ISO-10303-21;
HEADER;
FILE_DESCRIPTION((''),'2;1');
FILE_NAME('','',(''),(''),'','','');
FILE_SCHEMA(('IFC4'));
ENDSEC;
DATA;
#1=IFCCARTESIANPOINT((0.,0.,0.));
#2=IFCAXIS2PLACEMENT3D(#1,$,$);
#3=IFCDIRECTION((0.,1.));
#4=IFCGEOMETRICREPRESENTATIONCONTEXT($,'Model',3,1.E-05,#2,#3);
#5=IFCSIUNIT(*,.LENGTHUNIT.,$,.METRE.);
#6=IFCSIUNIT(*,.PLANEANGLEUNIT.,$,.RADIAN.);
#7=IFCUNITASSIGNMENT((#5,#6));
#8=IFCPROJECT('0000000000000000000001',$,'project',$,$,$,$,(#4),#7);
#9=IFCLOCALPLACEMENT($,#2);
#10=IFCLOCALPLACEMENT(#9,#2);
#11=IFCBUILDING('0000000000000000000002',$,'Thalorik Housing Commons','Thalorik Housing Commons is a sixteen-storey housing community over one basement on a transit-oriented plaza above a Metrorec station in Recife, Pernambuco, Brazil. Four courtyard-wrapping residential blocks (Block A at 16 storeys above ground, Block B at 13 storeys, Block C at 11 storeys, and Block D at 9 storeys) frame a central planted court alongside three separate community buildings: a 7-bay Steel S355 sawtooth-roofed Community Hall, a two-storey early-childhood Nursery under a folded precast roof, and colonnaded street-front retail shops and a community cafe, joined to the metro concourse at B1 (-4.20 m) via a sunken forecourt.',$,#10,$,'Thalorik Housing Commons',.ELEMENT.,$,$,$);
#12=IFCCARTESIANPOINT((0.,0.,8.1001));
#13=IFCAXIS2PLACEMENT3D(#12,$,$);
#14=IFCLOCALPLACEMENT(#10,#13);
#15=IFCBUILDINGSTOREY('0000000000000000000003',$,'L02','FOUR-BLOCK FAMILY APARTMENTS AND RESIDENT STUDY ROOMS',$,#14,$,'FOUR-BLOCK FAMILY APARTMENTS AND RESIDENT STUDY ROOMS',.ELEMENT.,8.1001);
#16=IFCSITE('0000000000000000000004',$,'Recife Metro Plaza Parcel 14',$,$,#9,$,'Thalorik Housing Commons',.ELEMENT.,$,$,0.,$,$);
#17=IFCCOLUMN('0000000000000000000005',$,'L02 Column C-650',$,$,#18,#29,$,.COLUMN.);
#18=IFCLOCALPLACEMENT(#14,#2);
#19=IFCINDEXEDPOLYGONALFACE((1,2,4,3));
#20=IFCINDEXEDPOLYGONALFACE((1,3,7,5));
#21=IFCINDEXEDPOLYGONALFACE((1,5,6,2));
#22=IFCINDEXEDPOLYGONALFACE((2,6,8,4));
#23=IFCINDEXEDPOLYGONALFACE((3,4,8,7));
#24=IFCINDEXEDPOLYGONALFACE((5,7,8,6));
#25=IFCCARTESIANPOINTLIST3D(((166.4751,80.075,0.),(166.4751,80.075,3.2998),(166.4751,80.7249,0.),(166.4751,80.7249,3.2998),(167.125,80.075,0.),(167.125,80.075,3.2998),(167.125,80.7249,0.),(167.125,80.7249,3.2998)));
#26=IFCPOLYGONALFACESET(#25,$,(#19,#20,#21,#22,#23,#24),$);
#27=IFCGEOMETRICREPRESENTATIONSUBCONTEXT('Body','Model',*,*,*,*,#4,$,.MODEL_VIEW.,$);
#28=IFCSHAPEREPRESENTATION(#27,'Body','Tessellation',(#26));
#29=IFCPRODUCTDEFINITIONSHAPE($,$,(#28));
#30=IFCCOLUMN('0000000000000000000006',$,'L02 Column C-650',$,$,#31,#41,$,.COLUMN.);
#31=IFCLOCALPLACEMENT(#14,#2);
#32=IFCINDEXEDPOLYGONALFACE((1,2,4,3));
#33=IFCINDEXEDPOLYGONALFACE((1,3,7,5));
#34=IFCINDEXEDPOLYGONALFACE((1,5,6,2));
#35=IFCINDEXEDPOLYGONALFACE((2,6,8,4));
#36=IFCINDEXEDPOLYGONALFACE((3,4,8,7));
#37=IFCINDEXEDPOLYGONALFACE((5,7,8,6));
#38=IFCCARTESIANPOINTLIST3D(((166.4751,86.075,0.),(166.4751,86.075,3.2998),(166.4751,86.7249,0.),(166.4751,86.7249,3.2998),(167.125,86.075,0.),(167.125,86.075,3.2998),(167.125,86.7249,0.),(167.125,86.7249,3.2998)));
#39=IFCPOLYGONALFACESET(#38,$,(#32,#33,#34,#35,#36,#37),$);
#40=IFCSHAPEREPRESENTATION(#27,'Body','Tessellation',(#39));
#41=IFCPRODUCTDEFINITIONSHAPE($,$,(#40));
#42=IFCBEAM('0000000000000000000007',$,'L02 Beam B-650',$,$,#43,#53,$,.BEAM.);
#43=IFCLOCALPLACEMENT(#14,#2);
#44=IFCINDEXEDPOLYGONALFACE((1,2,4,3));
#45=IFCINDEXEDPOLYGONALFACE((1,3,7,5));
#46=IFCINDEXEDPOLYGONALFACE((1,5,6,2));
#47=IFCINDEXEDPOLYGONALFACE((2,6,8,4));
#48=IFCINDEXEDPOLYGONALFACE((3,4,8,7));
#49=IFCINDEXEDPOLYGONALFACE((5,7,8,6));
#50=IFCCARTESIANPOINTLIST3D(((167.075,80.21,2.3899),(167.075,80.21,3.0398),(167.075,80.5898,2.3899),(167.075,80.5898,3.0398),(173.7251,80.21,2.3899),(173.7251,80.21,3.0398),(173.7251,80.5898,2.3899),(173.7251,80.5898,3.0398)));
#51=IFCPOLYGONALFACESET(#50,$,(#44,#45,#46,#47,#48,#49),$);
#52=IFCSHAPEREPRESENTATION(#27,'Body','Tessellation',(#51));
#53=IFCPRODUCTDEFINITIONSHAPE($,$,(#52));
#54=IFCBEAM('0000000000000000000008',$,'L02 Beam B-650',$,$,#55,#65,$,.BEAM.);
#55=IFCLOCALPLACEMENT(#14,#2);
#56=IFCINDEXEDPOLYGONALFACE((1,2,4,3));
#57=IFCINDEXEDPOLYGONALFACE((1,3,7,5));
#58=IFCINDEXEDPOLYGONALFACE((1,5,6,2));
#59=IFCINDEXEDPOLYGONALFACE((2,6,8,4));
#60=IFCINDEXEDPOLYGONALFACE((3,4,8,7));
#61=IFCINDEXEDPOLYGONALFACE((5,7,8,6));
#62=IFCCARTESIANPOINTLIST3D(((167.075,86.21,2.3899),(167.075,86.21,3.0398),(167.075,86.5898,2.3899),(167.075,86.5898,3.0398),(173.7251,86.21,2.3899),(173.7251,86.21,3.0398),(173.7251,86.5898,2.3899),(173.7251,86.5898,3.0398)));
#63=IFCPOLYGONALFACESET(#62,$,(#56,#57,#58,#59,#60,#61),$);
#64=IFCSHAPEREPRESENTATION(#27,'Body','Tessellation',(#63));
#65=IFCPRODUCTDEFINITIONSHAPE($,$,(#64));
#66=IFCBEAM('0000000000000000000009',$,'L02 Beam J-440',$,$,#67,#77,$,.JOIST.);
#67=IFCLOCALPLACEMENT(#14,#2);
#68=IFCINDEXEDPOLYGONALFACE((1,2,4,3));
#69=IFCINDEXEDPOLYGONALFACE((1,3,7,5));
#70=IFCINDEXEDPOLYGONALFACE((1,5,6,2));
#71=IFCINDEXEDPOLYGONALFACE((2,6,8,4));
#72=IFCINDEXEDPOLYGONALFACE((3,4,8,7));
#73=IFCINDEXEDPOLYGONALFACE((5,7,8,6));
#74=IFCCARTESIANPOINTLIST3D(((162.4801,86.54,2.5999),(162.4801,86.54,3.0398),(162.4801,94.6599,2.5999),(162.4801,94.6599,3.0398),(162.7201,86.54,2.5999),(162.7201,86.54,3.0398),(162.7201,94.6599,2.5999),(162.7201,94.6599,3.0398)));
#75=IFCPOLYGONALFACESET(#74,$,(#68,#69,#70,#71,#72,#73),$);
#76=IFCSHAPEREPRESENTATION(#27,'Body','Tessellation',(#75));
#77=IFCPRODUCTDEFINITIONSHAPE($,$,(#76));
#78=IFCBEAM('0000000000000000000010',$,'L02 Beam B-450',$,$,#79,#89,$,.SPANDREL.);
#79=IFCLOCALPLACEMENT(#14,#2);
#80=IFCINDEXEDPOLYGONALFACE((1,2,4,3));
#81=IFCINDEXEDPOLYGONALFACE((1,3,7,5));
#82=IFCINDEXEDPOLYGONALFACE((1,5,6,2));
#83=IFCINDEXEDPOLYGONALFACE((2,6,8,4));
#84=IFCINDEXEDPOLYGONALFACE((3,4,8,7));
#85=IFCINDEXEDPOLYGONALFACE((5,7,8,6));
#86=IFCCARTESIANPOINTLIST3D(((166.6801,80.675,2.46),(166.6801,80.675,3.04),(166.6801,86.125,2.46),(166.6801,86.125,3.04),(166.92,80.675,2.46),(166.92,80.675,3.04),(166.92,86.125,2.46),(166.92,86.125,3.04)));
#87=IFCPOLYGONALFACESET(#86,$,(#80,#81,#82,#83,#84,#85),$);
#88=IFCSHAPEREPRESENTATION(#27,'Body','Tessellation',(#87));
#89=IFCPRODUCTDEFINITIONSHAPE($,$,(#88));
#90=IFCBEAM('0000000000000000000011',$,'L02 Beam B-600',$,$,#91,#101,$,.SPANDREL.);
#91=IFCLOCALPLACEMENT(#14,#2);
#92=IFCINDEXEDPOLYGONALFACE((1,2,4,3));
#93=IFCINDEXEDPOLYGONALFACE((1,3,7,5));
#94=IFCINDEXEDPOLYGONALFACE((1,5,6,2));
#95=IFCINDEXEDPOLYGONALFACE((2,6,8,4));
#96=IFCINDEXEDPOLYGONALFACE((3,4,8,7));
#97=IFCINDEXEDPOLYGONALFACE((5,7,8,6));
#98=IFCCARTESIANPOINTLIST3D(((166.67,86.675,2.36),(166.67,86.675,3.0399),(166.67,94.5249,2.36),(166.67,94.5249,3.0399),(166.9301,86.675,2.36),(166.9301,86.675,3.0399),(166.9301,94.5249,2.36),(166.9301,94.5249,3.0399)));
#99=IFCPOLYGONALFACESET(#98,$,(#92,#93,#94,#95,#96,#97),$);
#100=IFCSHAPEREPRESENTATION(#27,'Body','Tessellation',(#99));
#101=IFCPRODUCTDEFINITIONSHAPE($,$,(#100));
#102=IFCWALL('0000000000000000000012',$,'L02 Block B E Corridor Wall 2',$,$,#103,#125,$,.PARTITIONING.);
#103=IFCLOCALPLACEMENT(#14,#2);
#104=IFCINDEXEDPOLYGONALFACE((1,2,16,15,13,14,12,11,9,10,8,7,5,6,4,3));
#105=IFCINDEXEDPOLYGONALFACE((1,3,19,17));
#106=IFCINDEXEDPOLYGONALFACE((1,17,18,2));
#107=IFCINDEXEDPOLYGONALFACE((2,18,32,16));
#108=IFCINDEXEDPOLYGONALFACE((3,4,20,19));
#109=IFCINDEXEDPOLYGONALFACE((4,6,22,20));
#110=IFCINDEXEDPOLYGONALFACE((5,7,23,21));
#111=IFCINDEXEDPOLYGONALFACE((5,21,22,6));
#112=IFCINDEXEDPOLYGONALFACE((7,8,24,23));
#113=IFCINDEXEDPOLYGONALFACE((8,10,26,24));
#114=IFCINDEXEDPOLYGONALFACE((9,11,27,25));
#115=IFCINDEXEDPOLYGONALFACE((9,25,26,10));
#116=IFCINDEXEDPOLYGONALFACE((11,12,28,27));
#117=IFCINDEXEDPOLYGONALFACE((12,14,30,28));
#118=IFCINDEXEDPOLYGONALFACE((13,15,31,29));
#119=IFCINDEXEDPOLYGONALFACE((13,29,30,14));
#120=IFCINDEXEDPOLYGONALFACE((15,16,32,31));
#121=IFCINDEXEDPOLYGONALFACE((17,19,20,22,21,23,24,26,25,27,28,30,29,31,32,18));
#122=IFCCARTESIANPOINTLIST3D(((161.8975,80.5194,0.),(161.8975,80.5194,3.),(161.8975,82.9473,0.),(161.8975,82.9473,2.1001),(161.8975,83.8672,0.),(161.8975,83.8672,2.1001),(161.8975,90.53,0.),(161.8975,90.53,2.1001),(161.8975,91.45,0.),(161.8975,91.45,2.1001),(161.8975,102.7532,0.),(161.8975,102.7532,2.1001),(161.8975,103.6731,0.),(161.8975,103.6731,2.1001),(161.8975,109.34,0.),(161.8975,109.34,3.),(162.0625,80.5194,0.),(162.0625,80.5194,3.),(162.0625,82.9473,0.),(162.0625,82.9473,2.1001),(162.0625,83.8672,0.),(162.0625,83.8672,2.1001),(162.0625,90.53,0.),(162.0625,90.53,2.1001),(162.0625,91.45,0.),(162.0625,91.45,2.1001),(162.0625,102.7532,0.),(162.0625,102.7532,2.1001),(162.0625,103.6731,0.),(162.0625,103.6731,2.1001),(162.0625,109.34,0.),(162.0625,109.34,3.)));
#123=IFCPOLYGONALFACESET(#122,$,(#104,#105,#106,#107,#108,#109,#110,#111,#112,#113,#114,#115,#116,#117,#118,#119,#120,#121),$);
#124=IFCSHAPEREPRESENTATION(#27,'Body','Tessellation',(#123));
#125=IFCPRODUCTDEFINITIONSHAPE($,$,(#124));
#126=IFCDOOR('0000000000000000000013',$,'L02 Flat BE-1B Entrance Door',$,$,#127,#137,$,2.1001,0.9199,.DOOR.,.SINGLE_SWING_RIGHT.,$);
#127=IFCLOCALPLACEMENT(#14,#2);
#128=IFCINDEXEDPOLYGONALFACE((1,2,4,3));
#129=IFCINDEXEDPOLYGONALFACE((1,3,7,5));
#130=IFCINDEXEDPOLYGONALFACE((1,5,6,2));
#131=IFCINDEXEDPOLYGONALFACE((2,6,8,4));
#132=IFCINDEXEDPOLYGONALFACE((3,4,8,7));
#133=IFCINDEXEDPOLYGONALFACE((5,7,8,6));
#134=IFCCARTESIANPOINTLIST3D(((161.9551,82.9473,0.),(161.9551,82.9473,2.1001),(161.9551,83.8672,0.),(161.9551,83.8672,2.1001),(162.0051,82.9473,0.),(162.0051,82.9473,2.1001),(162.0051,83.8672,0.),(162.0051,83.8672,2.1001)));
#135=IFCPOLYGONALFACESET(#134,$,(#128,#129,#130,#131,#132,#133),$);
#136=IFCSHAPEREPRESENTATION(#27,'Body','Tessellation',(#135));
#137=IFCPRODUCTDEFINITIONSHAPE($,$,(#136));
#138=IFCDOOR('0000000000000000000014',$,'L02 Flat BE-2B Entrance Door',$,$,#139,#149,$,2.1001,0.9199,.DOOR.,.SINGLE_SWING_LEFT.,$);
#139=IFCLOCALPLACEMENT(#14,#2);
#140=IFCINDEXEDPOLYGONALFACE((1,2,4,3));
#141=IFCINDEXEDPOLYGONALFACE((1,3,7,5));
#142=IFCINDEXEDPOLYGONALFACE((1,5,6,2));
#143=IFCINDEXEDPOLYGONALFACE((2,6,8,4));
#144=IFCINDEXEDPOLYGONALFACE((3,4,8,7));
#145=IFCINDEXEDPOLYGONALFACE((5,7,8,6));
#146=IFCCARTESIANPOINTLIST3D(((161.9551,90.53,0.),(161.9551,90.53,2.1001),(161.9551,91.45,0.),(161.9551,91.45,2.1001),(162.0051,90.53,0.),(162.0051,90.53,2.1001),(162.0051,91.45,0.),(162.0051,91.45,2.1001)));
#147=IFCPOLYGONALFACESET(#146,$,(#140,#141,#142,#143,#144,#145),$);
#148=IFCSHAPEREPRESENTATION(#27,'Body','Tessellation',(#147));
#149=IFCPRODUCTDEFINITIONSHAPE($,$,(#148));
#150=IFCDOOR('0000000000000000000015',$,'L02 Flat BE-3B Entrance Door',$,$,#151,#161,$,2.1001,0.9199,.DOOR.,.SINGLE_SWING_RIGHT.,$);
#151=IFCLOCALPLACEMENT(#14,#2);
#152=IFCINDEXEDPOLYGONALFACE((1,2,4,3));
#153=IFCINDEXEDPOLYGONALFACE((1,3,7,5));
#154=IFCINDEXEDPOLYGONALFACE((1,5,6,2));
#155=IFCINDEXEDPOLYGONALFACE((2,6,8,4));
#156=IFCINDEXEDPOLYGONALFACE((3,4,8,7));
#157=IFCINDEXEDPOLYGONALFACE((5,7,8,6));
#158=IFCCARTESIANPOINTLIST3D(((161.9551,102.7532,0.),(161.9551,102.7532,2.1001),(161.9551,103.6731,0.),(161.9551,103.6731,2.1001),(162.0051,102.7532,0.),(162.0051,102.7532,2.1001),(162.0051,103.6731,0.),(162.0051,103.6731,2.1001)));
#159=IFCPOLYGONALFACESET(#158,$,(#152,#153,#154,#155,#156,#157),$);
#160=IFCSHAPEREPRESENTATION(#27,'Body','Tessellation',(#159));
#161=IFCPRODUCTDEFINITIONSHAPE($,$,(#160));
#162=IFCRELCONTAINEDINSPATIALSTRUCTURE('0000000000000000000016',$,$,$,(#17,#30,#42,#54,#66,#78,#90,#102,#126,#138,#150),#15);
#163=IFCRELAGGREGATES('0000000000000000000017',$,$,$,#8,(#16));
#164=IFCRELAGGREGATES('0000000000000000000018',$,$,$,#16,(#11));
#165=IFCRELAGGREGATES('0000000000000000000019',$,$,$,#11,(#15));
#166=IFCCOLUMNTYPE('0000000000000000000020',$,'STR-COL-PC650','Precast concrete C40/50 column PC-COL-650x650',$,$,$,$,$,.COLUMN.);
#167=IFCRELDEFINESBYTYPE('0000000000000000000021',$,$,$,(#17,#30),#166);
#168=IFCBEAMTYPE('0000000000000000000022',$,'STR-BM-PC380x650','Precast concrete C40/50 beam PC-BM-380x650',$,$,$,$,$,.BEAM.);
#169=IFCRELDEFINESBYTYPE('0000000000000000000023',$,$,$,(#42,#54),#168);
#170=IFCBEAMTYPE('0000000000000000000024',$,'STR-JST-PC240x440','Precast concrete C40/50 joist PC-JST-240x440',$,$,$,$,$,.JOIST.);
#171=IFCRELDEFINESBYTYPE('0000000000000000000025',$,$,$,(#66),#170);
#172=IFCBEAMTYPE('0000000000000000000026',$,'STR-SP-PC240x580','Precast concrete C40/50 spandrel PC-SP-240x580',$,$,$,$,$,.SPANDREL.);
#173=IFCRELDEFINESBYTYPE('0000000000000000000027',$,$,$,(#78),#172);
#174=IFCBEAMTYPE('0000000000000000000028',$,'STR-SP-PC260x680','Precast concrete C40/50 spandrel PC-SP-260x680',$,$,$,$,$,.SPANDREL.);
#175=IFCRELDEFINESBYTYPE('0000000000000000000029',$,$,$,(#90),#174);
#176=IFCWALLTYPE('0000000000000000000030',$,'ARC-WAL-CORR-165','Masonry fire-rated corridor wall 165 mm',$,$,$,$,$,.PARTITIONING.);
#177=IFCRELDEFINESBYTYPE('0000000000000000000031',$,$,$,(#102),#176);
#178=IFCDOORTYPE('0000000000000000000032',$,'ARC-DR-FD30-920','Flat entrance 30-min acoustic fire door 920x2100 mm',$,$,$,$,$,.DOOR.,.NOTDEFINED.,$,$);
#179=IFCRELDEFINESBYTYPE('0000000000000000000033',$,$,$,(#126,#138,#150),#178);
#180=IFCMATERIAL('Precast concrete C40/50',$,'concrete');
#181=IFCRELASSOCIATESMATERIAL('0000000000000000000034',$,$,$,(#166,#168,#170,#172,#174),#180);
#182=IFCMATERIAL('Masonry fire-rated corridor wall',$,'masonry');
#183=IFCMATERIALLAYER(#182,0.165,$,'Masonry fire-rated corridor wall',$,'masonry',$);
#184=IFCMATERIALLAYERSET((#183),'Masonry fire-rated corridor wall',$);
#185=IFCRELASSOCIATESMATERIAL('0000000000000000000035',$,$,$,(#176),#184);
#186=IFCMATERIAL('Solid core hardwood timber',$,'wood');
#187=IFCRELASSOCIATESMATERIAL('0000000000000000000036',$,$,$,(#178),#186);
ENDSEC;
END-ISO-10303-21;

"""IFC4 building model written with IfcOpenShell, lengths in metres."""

from ifc_helpers import new_model, si_unit, direction, frame, frame_2d, origin, origin_2d, place, context, subcontext, project, spatial, rectangle, extrude, material, layer, layer_set, material_profile, profile_set, type_object, element, fill, save


model = new_model("IFC4")

# Units and contexts
model_context = context("Model", 3, precision=1e-05, world=origin(), true_north=direction((0.0, 1.0)))
body_context = subcontext(model_context, "Body", "Model", "MODEL_VIEW")
ifc_project = project(units=[si_unit("LENGTHUNIT", "METRE"), si_unit("PLANEANGLEUNIT", "RADIAN")], contexts=[model_context])

# Site, building, storey
site_placement = place(None, origin())
site = spatial("IfcSite", under=ifc_project, at=site_placement, Name="Recife Metro Plaza Parcel 14", LongName="Thalorik Housing Commons", CompositionType="ELEMENT", RefElevation=0.0)
building_placement = place(site_placement, origin())
building = spatial("IfcBuilding", under=site, at=building_placement, Name="Thalorik Housing Commons", Description="Thalorik Housing Commons is a sixteen-storey housing community over one basement on a transit-oriented plaza above a Metrorec station in Recife, Pernambuco, Brazil. Four courtyard-wrapping residential blocks (Block A at 16 storeys above ground, Block B at 13 storeys, Block C at 11 storeys, and Block D at 9 storeys) frame a central planted court alongside three separate community buildings: a 7-bay Steel S355 sawtooth-roofed Community Hall, a two-storey early-childhood Nursery under a folded precast roof, and colonnaded street-front retail shops and a community cafe, joined to the metro concourse at B1 (-4.20 m) via a sunken forecourt.", LongName="Thalorik Housing Commons", CompositionType="ELEMENT")
storey_placement = place(building_placement, frame((0.0, 0.0, 8.1001)))
storey = spatial("IfcBuildingStorey", under=building, at=storey_placement, Name="L02", Description="FOUR-BLOCK FAMILY APARTMENTS AND RESIDENT STUDY ROOMS", LongName="FOUR-BLOCK FAMILY APARTMENTS AND RESIDENT STUDY ROOMS", CompositionType="ELEMENT", Elevation=8.1001)

# Columns
ifc_material_1 = material(Name="Precast concrete C40/50", Category="concrete")
ifc_material_profile_1 = material_profile(ifc_material_1, rectangle(XDim=0.6499, YDim=0.6499, at=origin_2d()), Name="PC 650x650", Category="concrete")
ifc_profile_set_1 = profile_set([ifc_material_profile_1], Name="Precast concrete C40/50")
column_type = type_object("IfcColumnType", Name="STR-COL-PC650", Description="Precast concrete C40/50 column PC-COL-650x650", PredefinedType="COLUMN", material=ifc_profile_set_1)
for number, where, z_axis, x_axis, name in (
    (1, (166.8, 80.3999, 0.0), (0.0, 0.0, 1.0), (1.0, 0.0, 0.0), "L02 Column C-650"),
    (2, (166.8, 86.3999, 0.0), (0.0, 0.0, 1.0), (1.0, 0.0, 0.0), "L02 Column C-650"),
):
    element("IfcColumn", number, at=place(storey_placement, frame(where, z_axis=z_axis, x_axis=x_axis)), inside=storey, type_object=column_type, Name=name, PredefinedType="COLUMN", context=body_context, shape_type="SweptSolid", body=[
        extrude(rectangle(XDim=0.6499, YDim=0.6499, at=origin_2d()), origin(), (0.0, 0.0, 1.0), 3.2998),
    ])

# Beams
ifc_material_profile_2 = material_profile(ifc_material_1, rectangle(XDim=0.3799, YDim=0.6499, at=origin_2d()), Name="PC 380x650", Category="concrete")
ifc_profile_set_2 = profile_set([ifc_material_profile_2], Name="Precast concrete C40/50")
beam_type_1 = type_object("IfcBeamType", Name="STR-BM-PC380x650", Description="Precast concrete C40/50 beam PC-BM-380x650", PredefinedType="BEAM", material=ifc_profile_set_2)
for number, where, z_axis, x_axis, name in (
    (3, (167.075, 80.3999, 2.7148), (1.0, 0.0, 0.0), (0.0, 1.0, 0.0), "L02 Beam B-650"),
    (4, (167.075, 86.3999, 2.7148), (1.0, 0.0, 0.0), (0.0, 1.0, 0.0), "L02 Beam B-650"),
):
    element("IfcBeam", number, at=place(storey_placement, frame(where, z_axis=z_axis, x_axis=x_axis)), inside=storey, type_object=beam_type_1, Name=name, PredefinedType="BEAM", context=body_context, shape_type="SweptSolid", body=[
        extrude(rectangle(XDim=0.3799, YDim=0.6499, at=origin_2d()), origin(), (0.0, 0.0, 1.0), 6.6501),
    ])
ifc_material_profile_3 = material_profile(ifc_material_1, rectangle(XDim=0.24, YDim=0.4399, at=origin_2d()), Name="PC JST 240x440", Category="concrete")
ifc_profile_set_3 = profile_set([ifc_material_profile_3], Name="Precast concrete C40/50")
beam_type_2 = type_object("IfcBeamType", Name="STR-JST-PC240x440", Description="Precast concrete C40/50 joist PC-JST-240x440", PredefinedType="JOIST", material=ifc_profile_set_3)
beam_1_placement = place(storey_placement, frame((162.6001, 86.54, 2.8198), z_axis=(0.0, 1.0, 0.0), x_axis=(-1.0, 0.0, 0.0)))
element("IfcBeam", 5, at=beam_1_placement, inside=storey, type_object=beam_type_2, Name="L02 Beam J-440", PredefinedType="JOIST", context=body_context, shape_type="SweptSolid", body=[
    extrude(rectangle(XDim=0.24, YDim=0.4399, at=origin_2d()), origin(), (0.0, 0.0, 1.0), 8.1199),
])
ifc_material_profile_4 = material_profile(ifc_material_1, rectangle(XDim=0.24, YDim=0.5801, at=origin_2d()), Name="PC SP 240x580", Category="concrete")
ifc_profile_set_4 = profile_set([ifc_material_profile_4], Name="Precast concrete C40/50")
beam_type_3 = type_object("IfcBeamType", Name="STR-SP-PC240x580", Description="Precast concrete C40/50 spandrel PC-SP-240x580", PredefinedType="SPANDREL", material=ifc_profile_set_4)
beam_2_placement = place(storey_placement, frame((166.8, 80.675, 2.75), z_axis=(0.0, 1.0, 0.0), x_axis=(-1.0, 0.0, 0.0)))
element("IfcBeam", 6, at=beam_2_placement, inside=storey, type_object=beam_type_3, Name="L02 Beam B-450", PredefinedType="SPANDREL", context=body_context, shape_type="SweptSolid", body=[
    extrude(rectangle(XDim=0.24, YDim=0.5801, at=origin_2d()), origin(), (0.0, 0.0, 1.0), 5.45),
])
ifc_material_profile_5 = material_profile(ifc_material_1, rectangle(XDim=0.26, YDim=0.6799, at=origin_2d()), Name="PC SP 260x680", Category="concrete")
ifc_profile_set_5 = profile_set([ifc_material_profile_5], Name="Precast concrete C40/50")
beam_type_4 = type_object("IfcBeamType", Name="STR-SP-PC260x680", Description="Precast concrete C40/50 spandrel PC-SP-260x680", PredefinedType="SPANDREL", material=ifc_profile_set_5)
beam_3_placement = place(storey_placement, frame((166.8, 86.675, 2.7), z_axis=(0.0, 1.0, 0.0), x_axis=(-1.0, 0.0, 0.0)))
element("IfcBeam", 7, at=beam_3_placement, inside=storey, type_object=beam_type_4, Name="L02 Beam B-600", PredefinedType="SPANDREL", context=body_context, shape_type="SweptSolid", body=[
    extrude(rectangle(XDim=0.26, YDim=0.6799, at=origin_2d()), origin(), (0.0, 0.0, 1.0), 7.8499),
])

# Wall, openings, doors
ifc_material_2 = material(Name="Masonry fire-rated corridor wall", Category="masonry")
ifc_layer_1 = layer(ifc_material_2, 0.165, Name="Masonry fire-rated corridor wall", Category="masonry")
ifc_layer_set_1 = layer_set([ifc_layer_1], Name="Masonry fire-rated corridor wall")
wall_type_1 = type_object("IfcWallType", Name="ARC-WAL-CORR-165", Description="Masonry fire-rated corridor wall 165 mm", PredefinedType="PARTITIONING", material=ifc_layer_set_1)
wall_1_placement = place(storey_placement, frame((161.98, 80.5195, 0.0), z_axis=(0.0, 0.0, 1.0), x_axis=(0.0, 1.0, 0.0)))
wall_1 = element("IfcWall", 8, at=wall_1_placement, inside=storey, type_object=wall_type_1, Name="L02 Block B E Corridor Wall 2", PredefinedType="PARTITIONING", context=body_context, shape_type="SweptSolid", body=[
    extrude(rectangle(XDim=28.8206, YDim=0.165, at=frame_2d((14.4102, 0.0))), origin(), (0.0, 0.0, 1.0), 3.0),
])
opening_1_placement = place(wall_1_placement, frame((2.4277, 0.0, 0.0)))
opening_1 = element("IfcOpeningElement", 9, at=opening_1_placement, cuts=wall_1, PredefinedType="OPENING", context=body_context, shape_type="SweptSolid", body=[
    extrude(rectangle(XDim=0.9199, YDim=2.1001, at=frame_2d((0.46, 1.05))), frame((0.0, 0.0925, 0.0), z_axis=(0.0, -1.0, 0.0), x_axis=(1.0, 0.0, 0.0)), (0.0, 0.0, 1.0), 0.1851),
])
opening_2_placement = place(wall_1_placement, frame((10.0105, 0.0, 0.0)))
opening_2 = element("IfcOpeningElement", 10, at=opening_2_placement, cuts=wall_1, PredefinedType="OPENING", context=body_context, shape_type="SweptSolid", body=[
    extrude(rectangle(XDim=0.9199, YDim=2.1001, at=frame_2d((0.46, 1.05))), frame((0.0, 0.0925, 0.0), z_axis=(0.0, -1.0, 0.0), x_axis=(1.0, 0.0, 0.0)), (0.0, 0.0, 1.0), 0.1851),
])
opening_3_placement = place(wall_1_placement, frame((22.2336, 0.0, 0.0)))
opening_3 = element("IfcOpeningElement", 11, at=opening_3_placement, cuts=wall_1, PredefinedType="OPENING", context=body_context, shape_type="SweptSolid", body=[
    extrude(rectangle(XDim=0.9199, YDim=2.1001, at=frame_2d((0.46, 1.05))), frame((0.0, 0.0925, 0.0), z_axis=(0.0, -1.0, 0.0), x_axis=(1.0, 0.0, 0.0)), (0.0, 0.0, 1.0), 0.1851),
])
ifc_material_3 = material(Name="Solid core hardwood timber", Category="wood")
door_type_1 = type_object("IfcDoorType", Name="ARC-DR-FD30-920", Description="Flat entrance 30-min acoustic fire door 920x2100 mm", OperationType="NOTDEFINED", PredefinedType="DOOR", material=ifc_material_3)
door_1_placement = place(opening_1_placement, origin())
door_1 = element("IfcDoor", 12, at=door_1_placement, inside=storey, type_object=door_type_1, Name="L02 Flat BE-1B Entrance Door", OperationType="SINGLE_SWING_RIGHT", OverallHeight=2.1001, OverallWidth=0.9199, PredefinedType="DOOR", context=body_context, shape_type="SweptSolid", body=[
    extrude(rectangle(XDim=0.9199, YDim=2.1001, at=frame_2d((0.46, 1.05))), frame((0.0, 0.0249, 0.0), z_axis=(0.0, -1.0, 0.0), x_axis=(1.0, 0.0, 0.0)), (0.0, 0.0, 1.0), 0.05),
])
fill(opening_1, door_1)
door_2_placement = place(opening_2_placement, origin())
door_2 = element("IfcDoor", 13, at=door_2_placement, inside=storey, type_object=door_type_1, Name="L02 Flat BE-2B Entrance Door", OperationType="SINGLE_SWING_LEFT", OverallHeight=2.1001, OverallWidth=0.9199, PredefinedType="DOOR", context=body_context, shape_type="SweptSolid", body=[
    extrude(rectangle(XDim=0.9199, YDim=2.1001, at=frame_2d((0.46, 1.05))), frame((0.0, 0.0249, 0.0), z_axis=(0.0, -1.0, 0.0), x_axis=(1.0, 0.0, 0.0)), (0.0, 0.0, 1.0), 0.05),
])
fill(opening_2, door_2)
door_3_placement = place(opening_3_placement, origin())
door_3 = element("IfcDoor", 14, at=door_3_placement, inside=storey, type_object=door_type_1, Name="L02 Flat BE-3B Entrance Door", OperationType="SINGLE_SWING_RIGHT", OverallHeight=2.1001, OverallWidth=0.9199, PredefinedType="DOOR", context=body_context, shape_type="SweptSolid", body=[
    extrude(rectangle(XDim=0.9199, YDim=2.1001, at=frame_2d((0.46, 1.05))), frame((0.0, 0.0249, 0.0), z_axis=(0.0, -1.0, 0.0), x_axis=(1.0, 0.0, 0.0)), (0.0, 0.0, 1.0), 0.05),
])
fill(opening_3, door_3)

save(model, "model.ifc")
